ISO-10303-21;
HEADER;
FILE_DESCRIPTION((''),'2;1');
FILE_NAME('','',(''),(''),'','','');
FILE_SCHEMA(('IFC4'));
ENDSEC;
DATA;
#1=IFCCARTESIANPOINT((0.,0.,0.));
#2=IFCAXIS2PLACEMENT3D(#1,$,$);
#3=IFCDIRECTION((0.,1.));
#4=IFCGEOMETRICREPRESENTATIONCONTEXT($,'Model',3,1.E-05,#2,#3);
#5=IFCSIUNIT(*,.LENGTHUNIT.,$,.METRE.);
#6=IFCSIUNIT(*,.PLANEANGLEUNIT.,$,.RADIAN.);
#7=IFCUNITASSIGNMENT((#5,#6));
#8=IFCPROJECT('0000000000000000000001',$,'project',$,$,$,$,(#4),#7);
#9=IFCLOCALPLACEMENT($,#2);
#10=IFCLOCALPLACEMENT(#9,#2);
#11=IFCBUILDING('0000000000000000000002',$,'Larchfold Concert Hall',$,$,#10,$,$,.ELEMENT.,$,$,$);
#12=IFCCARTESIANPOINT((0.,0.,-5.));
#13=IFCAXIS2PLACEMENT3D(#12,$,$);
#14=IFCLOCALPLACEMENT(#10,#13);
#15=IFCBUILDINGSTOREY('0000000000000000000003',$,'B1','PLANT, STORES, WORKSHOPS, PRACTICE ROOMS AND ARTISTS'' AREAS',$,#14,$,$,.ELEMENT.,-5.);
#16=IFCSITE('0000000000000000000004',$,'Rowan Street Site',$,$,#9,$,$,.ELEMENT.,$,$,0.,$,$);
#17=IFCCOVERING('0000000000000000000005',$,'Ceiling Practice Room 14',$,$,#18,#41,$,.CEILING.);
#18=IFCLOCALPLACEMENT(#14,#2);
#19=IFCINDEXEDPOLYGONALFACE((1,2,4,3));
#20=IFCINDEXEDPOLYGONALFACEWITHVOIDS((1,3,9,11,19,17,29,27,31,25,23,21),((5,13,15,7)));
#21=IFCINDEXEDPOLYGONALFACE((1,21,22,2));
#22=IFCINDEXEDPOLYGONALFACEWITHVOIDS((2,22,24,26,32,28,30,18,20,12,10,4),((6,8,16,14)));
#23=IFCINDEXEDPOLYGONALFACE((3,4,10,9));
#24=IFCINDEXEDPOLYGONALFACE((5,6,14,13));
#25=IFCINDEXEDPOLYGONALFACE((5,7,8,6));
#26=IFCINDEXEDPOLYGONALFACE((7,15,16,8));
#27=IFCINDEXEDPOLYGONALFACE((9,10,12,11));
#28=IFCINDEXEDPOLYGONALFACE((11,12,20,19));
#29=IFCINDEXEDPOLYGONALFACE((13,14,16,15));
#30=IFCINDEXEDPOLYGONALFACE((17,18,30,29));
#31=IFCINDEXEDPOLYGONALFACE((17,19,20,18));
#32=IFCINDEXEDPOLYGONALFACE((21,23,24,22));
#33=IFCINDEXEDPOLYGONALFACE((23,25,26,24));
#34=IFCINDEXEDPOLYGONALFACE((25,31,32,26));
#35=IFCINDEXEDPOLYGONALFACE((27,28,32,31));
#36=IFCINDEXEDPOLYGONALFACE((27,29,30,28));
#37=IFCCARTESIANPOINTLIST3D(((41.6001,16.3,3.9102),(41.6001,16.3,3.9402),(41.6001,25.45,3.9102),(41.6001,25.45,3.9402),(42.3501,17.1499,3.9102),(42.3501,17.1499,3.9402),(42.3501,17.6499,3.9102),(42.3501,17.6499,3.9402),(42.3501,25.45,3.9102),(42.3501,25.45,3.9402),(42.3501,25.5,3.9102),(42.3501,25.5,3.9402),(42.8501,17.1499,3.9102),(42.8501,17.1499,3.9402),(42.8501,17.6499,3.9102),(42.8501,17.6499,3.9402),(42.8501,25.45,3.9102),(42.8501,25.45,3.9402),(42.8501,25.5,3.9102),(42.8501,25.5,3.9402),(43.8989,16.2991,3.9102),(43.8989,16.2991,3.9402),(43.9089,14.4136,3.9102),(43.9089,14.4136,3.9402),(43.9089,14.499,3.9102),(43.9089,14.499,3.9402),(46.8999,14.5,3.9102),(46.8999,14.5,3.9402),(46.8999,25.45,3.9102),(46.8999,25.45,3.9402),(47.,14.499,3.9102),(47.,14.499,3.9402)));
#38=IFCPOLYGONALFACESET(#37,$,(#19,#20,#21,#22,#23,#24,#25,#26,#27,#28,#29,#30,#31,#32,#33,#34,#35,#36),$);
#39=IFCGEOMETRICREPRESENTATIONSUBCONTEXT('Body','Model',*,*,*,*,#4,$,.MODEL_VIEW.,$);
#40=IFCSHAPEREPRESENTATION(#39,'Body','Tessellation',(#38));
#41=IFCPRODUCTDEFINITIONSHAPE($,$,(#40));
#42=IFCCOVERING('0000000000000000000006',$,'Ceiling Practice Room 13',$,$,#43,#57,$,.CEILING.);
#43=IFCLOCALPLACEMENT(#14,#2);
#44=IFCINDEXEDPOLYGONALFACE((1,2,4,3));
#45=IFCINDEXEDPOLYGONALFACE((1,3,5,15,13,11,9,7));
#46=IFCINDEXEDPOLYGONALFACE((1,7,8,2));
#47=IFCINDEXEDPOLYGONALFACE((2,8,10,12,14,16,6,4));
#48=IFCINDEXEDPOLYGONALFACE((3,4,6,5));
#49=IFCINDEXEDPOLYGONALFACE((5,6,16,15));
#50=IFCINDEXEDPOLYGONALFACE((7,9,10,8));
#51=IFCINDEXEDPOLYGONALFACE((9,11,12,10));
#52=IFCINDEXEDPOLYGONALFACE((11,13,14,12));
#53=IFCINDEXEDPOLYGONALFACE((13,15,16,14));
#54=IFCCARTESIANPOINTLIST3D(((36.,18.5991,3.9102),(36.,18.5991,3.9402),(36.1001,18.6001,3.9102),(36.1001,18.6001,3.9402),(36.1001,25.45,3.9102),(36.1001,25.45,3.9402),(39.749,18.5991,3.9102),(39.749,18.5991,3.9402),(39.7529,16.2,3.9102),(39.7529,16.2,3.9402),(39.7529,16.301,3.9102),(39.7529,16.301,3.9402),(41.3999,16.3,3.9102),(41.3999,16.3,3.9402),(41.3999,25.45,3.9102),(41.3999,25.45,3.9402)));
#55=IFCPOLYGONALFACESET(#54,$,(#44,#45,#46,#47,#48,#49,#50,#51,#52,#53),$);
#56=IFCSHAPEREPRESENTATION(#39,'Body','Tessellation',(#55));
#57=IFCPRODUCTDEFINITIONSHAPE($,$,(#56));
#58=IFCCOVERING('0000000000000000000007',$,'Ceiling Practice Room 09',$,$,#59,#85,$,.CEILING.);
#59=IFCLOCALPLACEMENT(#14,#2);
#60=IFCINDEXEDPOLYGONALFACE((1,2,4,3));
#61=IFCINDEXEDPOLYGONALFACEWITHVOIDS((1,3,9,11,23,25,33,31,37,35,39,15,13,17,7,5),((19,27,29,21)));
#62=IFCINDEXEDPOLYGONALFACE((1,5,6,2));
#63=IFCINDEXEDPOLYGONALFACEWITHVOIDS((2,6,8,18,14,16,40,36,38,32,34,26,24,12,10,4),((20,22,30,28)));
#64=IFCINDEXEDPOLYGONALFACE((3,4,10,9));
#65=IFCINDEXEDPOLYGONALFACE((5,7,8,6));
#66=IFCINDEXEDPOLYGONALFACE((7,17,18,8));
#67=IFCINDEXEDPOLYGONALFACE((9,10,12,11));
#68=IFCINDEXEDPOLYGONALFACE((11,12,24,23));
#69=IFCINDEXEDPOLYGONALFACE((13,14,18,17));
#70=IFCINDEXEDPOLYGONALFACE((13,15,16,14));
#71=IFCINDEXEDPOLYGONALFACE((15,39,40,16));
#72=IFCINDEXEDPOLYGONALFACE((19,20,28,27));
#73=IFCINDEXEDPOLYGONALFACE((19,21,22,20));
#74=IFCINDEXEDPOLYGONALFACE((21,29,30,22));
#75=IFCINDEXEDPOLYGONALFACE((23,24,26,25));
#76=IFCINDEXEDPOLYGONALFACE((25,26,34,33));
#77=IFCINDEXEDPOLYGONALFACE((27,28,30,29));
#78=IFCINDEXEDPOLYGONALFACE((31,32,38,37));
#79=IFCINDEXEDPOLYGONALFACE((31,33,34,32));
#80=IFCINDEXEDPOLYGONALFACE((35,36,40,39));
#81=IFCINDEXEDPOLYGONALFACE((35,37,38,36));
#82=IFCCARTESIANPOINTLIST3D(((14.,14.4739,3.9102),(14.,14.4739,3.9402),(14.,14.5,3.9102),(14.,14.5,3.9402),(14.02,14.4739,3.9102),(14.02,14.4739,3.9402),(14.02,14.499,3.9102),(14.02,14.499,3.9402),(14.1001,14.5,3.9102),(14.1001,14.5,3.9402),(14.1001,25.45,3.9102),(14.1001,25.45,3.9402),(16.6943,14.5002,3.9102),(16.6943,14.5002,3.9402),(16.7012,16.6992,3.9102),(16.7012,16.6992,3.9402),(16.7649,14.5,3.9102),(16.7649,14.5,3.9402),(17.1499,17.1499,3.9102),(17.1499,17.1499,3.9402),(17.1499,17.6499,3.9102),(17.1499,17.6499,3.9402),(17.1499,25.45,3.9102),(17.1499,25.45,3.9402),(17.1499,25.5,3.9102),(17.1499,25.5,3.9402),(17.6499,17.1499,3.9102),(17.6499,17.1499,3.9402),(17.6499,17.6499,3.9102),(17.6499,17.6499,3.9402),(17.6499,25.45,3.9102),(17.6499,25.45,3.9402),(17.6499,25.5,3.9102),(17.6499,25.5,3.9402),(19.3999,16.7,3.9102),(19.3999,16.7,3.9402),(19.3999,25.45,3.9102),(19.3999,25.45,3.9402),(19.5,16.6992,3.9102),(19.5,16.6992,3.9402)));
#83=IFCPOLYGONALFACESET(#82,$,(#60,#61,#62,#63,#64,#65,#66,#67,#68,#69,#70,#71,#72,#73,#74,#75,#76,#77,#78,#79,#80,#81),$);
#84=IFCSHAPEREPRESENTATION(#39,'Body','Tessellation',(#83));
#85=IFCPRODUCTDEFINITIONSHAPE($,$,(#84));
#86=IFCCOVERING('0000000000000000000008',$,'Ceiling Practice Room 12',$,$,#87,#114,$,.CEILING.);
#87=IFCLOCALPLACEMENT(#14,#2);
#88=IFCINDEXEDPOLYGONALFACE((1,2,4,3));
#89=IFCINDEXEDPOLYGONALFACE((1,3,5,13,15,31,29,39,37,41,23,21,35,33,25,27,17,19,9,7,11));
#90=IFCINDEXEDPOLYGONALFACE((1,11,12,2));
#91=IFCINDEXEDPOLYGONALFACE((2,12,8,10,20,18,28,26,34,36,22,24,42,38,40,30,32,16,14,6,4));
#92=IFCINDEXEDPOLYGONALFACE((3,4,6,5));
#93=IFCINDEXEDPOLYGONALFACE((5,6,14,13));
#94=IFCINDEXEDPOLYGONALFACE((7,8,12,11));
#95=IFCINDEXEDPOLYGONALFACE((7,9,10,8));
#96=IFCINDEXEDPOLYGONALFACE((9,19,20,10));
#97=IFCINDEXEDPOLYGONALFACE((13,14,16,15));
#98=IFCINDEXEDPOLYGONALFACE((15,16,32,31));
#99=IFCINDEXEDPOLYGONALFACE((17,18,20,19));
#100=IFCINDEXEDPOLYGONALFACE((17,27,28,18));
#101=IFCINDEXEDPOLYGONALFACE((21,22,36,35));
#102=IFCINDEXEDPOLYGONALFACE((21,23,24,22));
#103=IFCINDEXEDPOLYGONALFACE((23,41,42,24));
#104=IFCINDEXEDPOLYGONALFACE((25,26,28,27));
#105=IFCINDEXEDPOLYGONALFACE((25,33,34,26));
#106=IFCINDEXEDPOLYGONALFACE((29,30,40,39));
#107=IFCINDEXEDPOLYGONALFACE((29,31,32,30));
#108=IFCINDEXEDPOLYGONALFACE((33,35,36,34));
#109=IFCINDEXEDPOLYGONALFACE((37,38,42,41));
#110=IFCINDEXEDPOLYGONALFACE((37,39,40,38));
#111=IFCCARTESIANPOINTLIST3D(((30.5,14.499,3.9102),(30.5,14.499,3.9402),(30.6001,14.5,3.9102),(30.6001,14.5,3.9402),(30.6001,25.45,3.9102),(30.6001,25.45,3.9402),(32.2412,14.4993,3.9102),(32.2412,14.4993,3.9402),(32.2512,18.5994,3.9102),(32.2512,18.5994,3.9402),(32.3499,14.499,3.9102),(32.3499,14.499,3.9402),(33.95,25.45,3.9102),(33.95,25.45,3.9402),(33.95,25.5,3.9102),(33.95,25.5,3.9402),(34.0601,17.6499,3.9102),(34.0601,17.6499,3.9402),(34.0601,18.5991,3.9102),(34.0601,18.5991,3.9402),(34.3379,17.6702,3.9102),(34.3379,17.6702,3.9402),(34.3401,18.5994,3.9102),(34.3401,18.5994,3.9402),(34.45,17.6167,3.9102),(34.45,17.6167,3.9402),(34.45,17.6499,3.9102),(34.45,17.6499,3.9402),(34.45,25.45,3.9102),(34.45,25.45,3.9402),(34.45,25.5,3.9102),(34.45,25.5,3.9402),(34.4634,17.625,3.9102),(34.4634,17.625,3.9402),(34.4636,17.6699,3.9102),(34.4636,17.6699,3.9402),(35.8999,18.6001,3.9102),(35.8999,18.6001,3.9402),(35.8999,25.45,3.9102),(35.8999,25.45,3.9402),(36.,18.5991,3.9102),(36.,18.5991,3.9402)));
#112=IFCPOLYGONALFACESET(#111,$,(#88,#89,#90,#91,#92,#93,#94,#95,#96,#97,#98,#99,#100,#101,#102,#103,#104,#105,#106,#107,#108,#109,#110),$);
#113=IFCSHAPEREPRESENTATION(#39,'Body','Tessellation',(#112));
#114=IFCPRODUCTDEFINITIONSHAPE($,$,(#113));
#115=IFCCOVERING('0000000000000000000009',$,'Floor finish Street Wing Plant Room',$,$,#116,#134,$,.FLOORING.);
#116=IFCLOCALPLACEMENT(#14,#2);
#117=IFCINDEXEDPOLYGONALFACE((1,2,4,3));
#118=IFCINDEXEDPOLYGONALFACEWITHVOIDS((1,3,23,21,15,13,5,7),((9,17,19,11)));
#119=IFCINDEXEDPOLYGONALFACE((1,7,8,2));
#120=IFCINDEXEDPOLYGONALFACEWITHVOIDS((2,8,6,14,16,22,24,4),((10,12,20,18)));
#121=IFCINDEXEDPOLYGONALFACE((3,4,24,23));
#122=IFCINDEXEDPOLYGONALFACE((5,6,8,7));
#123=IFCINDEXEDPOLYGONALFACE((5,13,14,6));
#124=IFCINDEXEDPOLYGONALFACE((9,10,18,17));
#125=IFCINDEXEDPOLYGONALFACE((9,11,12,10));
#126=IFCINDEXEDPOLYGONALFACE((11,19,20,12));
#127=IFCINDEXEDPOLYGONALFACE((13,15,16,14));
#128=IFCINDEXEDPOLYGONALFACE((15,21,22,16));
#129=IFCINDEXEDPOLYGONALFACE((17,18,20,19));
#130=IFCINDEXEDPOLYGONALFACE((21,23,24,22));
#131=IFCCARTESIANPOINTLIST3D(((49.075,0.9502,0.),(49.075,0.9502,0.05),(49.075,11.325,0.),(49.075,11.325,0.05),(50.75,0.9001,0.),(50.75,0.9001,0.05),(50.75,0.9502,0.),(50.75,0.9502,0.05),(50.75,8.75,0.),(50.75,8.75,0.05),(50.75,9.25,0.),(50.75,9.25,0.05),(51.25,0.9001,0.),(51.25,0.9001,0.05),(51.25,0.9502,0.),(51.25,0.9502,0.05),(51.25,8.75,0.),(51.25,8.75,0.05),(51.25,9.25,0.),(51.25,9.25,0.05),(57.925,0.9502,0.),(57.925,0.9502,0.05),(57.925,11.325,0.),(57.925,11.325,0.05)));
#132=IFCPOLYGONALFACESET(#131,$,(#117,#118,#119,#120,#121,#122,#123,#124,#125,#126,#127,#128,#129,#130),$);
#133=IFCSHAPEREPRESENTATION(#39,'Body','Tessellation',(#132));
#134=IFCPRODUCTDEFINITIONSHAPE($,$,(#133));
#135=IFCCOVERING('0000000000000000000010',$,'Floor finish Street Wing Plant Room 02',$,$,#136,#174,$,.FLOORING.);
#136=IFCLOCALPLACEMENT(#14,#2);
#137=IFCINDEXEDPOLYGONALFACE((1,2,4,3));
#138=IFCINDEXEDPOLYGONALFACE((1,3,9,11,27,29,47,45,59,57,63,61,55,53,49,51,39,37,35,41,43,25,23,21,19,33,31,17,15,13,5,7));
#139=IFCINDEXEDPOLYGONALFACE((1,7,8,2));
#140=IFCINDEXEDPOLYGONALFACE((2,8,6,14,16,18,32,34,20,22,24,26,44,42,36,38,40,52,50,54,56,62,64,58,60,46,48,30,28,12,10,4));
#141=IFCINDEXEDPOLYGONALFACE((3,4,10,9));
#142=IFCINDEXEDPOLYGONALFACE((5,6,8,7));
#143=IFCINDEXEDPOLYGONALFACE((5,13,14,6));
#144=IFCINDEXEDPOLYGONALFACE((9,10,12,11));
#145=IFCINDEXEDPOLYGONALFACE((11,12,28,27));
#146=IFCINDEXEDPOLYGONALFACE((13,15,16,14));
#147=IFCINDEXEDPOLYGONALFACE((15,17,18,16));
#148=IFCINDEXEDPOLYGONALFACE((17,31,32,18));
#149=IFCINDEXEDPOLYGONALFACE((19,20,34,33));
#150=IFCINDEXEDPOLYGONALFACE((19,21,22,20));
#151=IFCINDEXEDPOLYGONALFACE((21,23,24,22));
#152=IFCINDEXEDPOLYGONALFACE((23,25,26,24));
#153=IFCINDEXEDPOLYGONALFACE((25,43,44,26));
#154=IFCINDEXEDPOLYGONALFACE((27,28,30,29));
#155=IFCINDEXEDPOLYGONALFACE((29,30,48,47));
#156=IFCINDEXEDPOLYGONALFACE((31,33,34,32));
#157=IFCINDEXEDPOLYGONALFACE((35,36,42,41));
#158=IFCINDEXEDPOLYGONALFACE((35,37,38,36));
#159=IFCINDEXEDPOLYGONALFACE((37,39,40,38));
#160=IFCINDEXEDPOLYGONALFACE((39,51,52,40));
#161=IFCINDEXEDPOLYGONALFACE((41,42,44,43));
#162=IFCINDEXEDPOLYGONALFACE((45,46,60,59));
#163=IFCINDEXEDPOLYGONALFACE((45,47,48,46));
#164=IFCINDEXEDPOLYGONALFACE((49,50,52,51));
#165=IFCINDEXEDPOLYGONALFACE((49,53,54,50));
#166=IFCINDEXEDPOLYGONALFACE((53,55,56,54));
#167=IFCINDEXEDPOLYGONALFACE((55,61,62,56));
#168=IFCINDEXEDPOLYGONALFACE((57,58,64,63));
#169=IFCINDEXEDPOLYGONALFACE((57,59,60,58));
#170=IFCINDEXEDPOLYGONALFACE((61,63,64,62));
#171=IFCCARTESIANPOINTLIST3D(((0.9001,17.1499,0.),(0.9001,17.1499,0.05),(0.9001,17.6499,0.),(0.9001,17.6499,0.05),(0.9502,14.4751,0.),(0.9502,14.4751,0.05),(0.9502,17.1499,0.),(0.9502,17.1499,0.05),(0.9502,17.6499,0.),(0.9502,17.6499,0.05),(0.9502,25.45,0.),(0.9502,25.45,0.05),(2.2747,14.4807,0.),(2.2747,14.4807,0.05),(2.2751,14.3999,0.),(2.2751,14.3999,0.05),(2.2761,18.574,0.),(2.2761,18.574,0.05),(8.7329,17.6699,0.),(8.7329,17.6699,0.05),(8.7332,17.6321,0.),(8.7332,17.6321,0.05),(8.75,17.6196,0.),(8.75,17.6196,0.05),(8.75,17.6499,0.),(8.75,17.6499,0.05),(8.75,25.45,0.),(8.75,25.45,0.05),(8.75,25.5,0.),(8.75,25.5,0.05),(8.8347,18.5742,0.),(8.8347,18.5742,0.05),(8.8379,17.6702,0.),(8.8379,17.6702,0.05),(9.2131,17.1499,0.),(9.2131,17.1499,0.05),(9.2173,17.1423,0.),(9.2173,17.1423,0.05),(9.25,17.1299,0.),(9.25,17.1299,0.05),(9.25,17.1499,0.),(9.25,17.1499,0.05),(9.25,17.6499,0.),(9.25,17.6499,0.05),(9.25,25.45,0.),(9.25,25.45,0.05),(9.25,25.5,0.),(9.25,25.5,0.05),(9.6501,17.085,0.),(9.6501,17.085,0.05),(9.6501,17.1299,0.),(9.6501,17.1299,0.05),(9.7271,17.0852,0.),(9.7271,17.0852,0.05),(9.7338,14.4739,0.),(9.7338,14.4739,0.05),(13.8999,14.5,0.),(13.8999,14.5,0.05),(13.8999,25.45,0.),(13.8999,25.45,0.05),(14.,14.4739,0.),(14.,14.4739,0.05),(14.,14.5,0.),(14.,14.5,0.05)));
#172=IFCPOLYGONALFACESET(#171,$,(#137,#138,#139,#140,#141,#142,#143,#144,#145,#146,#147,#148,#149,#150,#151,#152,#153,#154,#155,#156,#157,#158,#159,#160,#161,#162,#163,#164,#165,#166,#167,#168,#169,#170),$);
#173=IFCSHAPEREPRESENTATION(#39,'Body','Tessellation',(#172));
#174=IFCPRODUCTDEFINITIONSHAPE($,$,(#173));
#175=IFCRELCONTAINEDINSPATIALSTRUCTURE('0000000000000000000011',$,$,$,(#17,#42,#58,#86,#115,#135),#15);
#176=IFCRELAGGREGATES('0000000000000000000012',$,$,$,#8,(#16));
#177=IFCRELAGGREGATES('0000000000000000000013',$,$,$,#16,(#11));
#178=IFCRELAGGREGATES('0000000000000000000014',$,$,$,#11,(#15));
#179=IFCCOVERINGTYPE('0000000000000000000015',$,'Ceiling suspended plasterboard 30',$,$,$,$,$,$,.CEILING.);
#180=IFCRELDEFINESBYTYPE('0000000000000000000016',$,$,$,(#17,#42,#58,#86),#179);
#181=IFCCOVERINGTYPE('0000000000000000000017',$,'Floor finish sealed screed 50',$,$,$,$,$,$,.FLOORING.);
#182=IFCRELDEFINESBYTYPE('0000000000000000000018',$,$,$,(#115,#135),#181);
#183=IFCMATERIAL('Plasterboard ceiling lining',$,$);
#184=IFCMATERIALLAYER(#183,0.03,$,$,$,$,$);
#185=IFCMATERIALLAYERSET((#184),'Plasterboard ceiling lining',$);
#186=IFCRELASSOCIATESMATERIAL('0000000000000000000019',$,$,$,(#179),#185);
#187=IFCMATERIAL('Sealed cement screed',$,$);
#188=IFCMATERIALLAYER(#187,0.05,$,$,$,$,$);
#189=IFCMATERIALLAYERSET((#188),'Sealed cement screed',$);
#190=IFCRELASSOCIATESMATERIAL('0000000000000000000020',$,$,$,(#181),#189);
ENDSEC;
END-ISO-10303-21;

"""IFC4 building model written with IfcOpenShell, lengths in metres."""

from ifc_helpers import new_model, si_unit, direction, frame, origin, place, context, subcontext, project, spatial, polyline, outline, extrude, material, layer, layer_set, type_object, element, save


model = new_model("IFC4")

# Units and contexts
model_context = context("Model", 3, precision=1e-05, world=origin(), true_north=direction((0.0, 1.0)))
body_context = subcontext(model_context, "Body", "Model", "MODEL_VIEW")
ifc_project = project(units=[si_unit("LENGTHUNIT", "METRE"), si_unit("PLANEANGLEUNIT", "RADIAN")], contexts=[model_context])

# Site, building, storey
site_placement = place(None, origin())
site = spatial("IfcSite", under=ifc_project, at=site_placement, Name="Rowan Street Site", CompositionType="ELEMENT", RefElevation=0.0)
building_placement = place(site_placement, origin())
building = spatial("IfcBuilding", under=site, at=building_placement, Name="Larchfold Concert Hall", CompositionType="ELEMENT")
storey_placement = place(building_placement, frame((0.0, 0.0, -5.0)))
storey = spatial("IfcBuildingStorey", under=building, at=storey_placement, Name="B1", Description="PLANT, STORES, WORKSHOPS, PRACTICE ROOMS AND ARTISTS' AREAS", CompositionType="ELEMENT", Elevation=-5.0)

# Coverings
ifc_material_1 = material(Name="Plasterboard ceiling lining")
ifc_layer_1 = layer(ifc_material_1, 0.03)
ifc_layer_set_1 = layer_set([ifc_layer_1], Name="Plasterboard ceiling lining")
covering_type_1 = type_object("IfcCoveringType", Name="Ceiling suspended plasterboard 30", PredefinedType="CEILING", material=ifc_layer_set_1)
covering_1_placement = place(storey_placement, frame((0.0, 0.0, 3.9102)))
element("IfcCovering", 1, at=covering_1_placement, inside=storey, type_object=covering_type_1, Name="Ceiling Practice Room 14", PredefinedType="CEILING", context=body_context, shape_type="SweptSolid", body=[
    extrude(outline(polyline([(41.5, 16.3), (43.8989, 16.2991), (43.9089, 14.4136), (43.9089, 14.499), (47.0, 14.499), (46.8999, 14.5), (46.8999, 25.45), (42.8501, 25.45), (42.8501, 25.5), (42.3501, 25.5), (42.3501, 25.45), (41.6001, 25.45), (41.6001, 16.3), (41.5, 16.3)]), holes=[polyline([(42.3501, 17.6499), (42.8501, 17.6499), (42.8501, 17.1499), (42.3501, 17.1499), (42.3501, 17.6499)])]), origin(), (0.0, 0.0, 1.0), 0.03),
])
covering_2_placement = place(storey_placement, frame((0.0, 0.0, 3.9102)))
element("IfcCovering", 2, at=covering_2_placement, inside=storey, type_object=covering_type_1, Name="Ceiling Practice Room 13", PredefinedType="CEILING", context=body_context, shape_type="SweptSolid", body=[
    extrude(outline(polyline([(36.0, 18.5991), (39.749, 18.5991), (39.7529, 16.2), (39.7529, 16.301), (41.3999, 16.3), (41.3999, 25.45), (36.1001, 25.45), (36.1001, 18.6001), (36.0, 18.5991)])), origin(), (0.0, 0.0, 1.0), 0.03),
])
covering_3_placement = place(storey_placement, frame((0.0, 0.0, 3.9102)))
element("IfcCovering", 3, at=covering_3_placement, inside=storey, type_object=covering_type_1, Name="Ceiling Practice Room 09", PredefinedType="CEILING", context=body_context, shape_type="SweptSolid", body=[
    extrude(outline(polyline([(14.1001, 25.45), (14.1001, 14.5), (14.0, 14.5), (14.0, 14.4739), (14.02, 14.4739), (14.02, 14.499), (16.7649, 14.5), (16.6943, 14.5002), (16.7012, 16.6992), (19.5, 16.6992), (19.3999, 16.7), (19.3999, 25.45), (17.6499, 25.45), (17.6499, 25.5), (17.1499, 25.5), (17.1499, 25.45), (14.1001, 25.45)]), holes=[polyline([(17.1499, 17.6499), (17.6499, 17.6499), (17.6499, 17.1499), (17.1499, 17.1499), (17.1499, 17.6499)])]), origin(), (0.0, 0.0, 1.0), 0.03),
])
covering_4_placement = place(storey_placement, frame((0.0, 0.0, 3.9102)))
element("IfcCovering", 4, at=covering_4_placement, inside=storey, type_object=covering_type_1, Name="Ceiling Practice Room 12", PredefinedType="CEILING", context=body_context, shape_type="SweptSolid", body=[
    extrude(outline(polyline([(30.5, 14.499), (32.3499, 14.499), (32.2412, 14.4993), (32.2512, 18.5994), (34.0601, 18.5991), (34.0601, 17.6499), (34.45, 17.6499), (34.45, 17.6167), (34.4634, 17.625), (34.4636, 17.6699), (34.3379, 17.6702), (34.3401, 18.5994), (36.0, 18.5991), (35.8999, 18.6001), (35.8999, 25.45), (34.45, 25.45), (34.45, 25.5), (33.95, 25.5), (33.95, 25.45), (30.6001, 25.45), (30.6001, 14.5), (30.5, 14.499)])), origin(), (0.0, 0.0, 1.0), 0.03),
])
ifc_material_2 = material(Name="Sealed cement screed")
ifc_layer_2 = layer(ifc_material_2, 0.05)
ifc_layer_set_2 = layer_set([ifc_layer_2], Name="Sealed cement screed")
covering_type_2 = type_object("IfcCoveringType", Name="Floor finish sealed screed 50", PredefinedType="FLOORING", material=ifc_layer_set_2)
covering_5_placement = place(storey_placement, origin())
element("IfcCovering", 5, at=covering_5_placement, inside=storey, type_object=covering_type_2, Name="Floor finish Street Wing Plant Room", PredefinedType="FLOORING", context=body_context, shape_type="SweptSolid", body=[
    extrude(outline(polyline([(50.75, 0.9001), (51.25, 0.9001), (51.25, 0.9502), (57.925, 0.9502), (57.925, 11.325), (49.075, 11.325), (49.075, 0.9502), (50.75, 0.9502), (50.75, 0.9001)]), holes=[polyline([(51.25, 9.25), (51.25, 8.75), (50.75, 8.75), (50.75, 9.25), (51.25, 9.25)])]), origin(), (0.0, 0.0, 1.0), 0.05),
])
covering_6_placement = place(storey_placement, origin())
element("IfcCovering", 6, at=covering_6_placement, inside=storey, type_object=covering_type_2, Name="Floor finish Street Wing Plant Room 02", PredefinedType="FLOORING", context=body_context, shape_type="SweptSolid", body=[
    extrude(outline(polyline([(2.2751, 14.3999), (2.2761, 18.574), (8.8347, 18.5742), (8.8379, 17.6702), (8.7329, 17.6699), (8.7332, 17.6321), (8.75, 17.6196), (8.75, 17.6499), (9.25, 17.6499), (9.25, 17.1499), (9.2131, 17.1499), (9.2173, 17.1423), (9.25, 17.1299), (9.6501, 17.1299), (9.6501, 17.085), (9.7271, 17.0852), (9.7339, 14.4382), (9.7339, 14.4739), (14.0, 14.4739), (14.0, 14.5), (13.8999, 14.5), (13.8999, 25.45), (9.25, 25.45), (9.25, 25.5), (8.75, 25.5), (8.75, 25.45), (0.9502, 25.45), (0.9502, 17.6499), (0.9001, 17.6499), (0.9001, 17.1499), (0.9502, 17.1499), (0.9502, 14.4751), (2.2747, 14.4807), (2.2751, 14.3999)])), origin(), (0.0, 0.0, 1.0), 0.05),
])

save(model, "model.ifc")
